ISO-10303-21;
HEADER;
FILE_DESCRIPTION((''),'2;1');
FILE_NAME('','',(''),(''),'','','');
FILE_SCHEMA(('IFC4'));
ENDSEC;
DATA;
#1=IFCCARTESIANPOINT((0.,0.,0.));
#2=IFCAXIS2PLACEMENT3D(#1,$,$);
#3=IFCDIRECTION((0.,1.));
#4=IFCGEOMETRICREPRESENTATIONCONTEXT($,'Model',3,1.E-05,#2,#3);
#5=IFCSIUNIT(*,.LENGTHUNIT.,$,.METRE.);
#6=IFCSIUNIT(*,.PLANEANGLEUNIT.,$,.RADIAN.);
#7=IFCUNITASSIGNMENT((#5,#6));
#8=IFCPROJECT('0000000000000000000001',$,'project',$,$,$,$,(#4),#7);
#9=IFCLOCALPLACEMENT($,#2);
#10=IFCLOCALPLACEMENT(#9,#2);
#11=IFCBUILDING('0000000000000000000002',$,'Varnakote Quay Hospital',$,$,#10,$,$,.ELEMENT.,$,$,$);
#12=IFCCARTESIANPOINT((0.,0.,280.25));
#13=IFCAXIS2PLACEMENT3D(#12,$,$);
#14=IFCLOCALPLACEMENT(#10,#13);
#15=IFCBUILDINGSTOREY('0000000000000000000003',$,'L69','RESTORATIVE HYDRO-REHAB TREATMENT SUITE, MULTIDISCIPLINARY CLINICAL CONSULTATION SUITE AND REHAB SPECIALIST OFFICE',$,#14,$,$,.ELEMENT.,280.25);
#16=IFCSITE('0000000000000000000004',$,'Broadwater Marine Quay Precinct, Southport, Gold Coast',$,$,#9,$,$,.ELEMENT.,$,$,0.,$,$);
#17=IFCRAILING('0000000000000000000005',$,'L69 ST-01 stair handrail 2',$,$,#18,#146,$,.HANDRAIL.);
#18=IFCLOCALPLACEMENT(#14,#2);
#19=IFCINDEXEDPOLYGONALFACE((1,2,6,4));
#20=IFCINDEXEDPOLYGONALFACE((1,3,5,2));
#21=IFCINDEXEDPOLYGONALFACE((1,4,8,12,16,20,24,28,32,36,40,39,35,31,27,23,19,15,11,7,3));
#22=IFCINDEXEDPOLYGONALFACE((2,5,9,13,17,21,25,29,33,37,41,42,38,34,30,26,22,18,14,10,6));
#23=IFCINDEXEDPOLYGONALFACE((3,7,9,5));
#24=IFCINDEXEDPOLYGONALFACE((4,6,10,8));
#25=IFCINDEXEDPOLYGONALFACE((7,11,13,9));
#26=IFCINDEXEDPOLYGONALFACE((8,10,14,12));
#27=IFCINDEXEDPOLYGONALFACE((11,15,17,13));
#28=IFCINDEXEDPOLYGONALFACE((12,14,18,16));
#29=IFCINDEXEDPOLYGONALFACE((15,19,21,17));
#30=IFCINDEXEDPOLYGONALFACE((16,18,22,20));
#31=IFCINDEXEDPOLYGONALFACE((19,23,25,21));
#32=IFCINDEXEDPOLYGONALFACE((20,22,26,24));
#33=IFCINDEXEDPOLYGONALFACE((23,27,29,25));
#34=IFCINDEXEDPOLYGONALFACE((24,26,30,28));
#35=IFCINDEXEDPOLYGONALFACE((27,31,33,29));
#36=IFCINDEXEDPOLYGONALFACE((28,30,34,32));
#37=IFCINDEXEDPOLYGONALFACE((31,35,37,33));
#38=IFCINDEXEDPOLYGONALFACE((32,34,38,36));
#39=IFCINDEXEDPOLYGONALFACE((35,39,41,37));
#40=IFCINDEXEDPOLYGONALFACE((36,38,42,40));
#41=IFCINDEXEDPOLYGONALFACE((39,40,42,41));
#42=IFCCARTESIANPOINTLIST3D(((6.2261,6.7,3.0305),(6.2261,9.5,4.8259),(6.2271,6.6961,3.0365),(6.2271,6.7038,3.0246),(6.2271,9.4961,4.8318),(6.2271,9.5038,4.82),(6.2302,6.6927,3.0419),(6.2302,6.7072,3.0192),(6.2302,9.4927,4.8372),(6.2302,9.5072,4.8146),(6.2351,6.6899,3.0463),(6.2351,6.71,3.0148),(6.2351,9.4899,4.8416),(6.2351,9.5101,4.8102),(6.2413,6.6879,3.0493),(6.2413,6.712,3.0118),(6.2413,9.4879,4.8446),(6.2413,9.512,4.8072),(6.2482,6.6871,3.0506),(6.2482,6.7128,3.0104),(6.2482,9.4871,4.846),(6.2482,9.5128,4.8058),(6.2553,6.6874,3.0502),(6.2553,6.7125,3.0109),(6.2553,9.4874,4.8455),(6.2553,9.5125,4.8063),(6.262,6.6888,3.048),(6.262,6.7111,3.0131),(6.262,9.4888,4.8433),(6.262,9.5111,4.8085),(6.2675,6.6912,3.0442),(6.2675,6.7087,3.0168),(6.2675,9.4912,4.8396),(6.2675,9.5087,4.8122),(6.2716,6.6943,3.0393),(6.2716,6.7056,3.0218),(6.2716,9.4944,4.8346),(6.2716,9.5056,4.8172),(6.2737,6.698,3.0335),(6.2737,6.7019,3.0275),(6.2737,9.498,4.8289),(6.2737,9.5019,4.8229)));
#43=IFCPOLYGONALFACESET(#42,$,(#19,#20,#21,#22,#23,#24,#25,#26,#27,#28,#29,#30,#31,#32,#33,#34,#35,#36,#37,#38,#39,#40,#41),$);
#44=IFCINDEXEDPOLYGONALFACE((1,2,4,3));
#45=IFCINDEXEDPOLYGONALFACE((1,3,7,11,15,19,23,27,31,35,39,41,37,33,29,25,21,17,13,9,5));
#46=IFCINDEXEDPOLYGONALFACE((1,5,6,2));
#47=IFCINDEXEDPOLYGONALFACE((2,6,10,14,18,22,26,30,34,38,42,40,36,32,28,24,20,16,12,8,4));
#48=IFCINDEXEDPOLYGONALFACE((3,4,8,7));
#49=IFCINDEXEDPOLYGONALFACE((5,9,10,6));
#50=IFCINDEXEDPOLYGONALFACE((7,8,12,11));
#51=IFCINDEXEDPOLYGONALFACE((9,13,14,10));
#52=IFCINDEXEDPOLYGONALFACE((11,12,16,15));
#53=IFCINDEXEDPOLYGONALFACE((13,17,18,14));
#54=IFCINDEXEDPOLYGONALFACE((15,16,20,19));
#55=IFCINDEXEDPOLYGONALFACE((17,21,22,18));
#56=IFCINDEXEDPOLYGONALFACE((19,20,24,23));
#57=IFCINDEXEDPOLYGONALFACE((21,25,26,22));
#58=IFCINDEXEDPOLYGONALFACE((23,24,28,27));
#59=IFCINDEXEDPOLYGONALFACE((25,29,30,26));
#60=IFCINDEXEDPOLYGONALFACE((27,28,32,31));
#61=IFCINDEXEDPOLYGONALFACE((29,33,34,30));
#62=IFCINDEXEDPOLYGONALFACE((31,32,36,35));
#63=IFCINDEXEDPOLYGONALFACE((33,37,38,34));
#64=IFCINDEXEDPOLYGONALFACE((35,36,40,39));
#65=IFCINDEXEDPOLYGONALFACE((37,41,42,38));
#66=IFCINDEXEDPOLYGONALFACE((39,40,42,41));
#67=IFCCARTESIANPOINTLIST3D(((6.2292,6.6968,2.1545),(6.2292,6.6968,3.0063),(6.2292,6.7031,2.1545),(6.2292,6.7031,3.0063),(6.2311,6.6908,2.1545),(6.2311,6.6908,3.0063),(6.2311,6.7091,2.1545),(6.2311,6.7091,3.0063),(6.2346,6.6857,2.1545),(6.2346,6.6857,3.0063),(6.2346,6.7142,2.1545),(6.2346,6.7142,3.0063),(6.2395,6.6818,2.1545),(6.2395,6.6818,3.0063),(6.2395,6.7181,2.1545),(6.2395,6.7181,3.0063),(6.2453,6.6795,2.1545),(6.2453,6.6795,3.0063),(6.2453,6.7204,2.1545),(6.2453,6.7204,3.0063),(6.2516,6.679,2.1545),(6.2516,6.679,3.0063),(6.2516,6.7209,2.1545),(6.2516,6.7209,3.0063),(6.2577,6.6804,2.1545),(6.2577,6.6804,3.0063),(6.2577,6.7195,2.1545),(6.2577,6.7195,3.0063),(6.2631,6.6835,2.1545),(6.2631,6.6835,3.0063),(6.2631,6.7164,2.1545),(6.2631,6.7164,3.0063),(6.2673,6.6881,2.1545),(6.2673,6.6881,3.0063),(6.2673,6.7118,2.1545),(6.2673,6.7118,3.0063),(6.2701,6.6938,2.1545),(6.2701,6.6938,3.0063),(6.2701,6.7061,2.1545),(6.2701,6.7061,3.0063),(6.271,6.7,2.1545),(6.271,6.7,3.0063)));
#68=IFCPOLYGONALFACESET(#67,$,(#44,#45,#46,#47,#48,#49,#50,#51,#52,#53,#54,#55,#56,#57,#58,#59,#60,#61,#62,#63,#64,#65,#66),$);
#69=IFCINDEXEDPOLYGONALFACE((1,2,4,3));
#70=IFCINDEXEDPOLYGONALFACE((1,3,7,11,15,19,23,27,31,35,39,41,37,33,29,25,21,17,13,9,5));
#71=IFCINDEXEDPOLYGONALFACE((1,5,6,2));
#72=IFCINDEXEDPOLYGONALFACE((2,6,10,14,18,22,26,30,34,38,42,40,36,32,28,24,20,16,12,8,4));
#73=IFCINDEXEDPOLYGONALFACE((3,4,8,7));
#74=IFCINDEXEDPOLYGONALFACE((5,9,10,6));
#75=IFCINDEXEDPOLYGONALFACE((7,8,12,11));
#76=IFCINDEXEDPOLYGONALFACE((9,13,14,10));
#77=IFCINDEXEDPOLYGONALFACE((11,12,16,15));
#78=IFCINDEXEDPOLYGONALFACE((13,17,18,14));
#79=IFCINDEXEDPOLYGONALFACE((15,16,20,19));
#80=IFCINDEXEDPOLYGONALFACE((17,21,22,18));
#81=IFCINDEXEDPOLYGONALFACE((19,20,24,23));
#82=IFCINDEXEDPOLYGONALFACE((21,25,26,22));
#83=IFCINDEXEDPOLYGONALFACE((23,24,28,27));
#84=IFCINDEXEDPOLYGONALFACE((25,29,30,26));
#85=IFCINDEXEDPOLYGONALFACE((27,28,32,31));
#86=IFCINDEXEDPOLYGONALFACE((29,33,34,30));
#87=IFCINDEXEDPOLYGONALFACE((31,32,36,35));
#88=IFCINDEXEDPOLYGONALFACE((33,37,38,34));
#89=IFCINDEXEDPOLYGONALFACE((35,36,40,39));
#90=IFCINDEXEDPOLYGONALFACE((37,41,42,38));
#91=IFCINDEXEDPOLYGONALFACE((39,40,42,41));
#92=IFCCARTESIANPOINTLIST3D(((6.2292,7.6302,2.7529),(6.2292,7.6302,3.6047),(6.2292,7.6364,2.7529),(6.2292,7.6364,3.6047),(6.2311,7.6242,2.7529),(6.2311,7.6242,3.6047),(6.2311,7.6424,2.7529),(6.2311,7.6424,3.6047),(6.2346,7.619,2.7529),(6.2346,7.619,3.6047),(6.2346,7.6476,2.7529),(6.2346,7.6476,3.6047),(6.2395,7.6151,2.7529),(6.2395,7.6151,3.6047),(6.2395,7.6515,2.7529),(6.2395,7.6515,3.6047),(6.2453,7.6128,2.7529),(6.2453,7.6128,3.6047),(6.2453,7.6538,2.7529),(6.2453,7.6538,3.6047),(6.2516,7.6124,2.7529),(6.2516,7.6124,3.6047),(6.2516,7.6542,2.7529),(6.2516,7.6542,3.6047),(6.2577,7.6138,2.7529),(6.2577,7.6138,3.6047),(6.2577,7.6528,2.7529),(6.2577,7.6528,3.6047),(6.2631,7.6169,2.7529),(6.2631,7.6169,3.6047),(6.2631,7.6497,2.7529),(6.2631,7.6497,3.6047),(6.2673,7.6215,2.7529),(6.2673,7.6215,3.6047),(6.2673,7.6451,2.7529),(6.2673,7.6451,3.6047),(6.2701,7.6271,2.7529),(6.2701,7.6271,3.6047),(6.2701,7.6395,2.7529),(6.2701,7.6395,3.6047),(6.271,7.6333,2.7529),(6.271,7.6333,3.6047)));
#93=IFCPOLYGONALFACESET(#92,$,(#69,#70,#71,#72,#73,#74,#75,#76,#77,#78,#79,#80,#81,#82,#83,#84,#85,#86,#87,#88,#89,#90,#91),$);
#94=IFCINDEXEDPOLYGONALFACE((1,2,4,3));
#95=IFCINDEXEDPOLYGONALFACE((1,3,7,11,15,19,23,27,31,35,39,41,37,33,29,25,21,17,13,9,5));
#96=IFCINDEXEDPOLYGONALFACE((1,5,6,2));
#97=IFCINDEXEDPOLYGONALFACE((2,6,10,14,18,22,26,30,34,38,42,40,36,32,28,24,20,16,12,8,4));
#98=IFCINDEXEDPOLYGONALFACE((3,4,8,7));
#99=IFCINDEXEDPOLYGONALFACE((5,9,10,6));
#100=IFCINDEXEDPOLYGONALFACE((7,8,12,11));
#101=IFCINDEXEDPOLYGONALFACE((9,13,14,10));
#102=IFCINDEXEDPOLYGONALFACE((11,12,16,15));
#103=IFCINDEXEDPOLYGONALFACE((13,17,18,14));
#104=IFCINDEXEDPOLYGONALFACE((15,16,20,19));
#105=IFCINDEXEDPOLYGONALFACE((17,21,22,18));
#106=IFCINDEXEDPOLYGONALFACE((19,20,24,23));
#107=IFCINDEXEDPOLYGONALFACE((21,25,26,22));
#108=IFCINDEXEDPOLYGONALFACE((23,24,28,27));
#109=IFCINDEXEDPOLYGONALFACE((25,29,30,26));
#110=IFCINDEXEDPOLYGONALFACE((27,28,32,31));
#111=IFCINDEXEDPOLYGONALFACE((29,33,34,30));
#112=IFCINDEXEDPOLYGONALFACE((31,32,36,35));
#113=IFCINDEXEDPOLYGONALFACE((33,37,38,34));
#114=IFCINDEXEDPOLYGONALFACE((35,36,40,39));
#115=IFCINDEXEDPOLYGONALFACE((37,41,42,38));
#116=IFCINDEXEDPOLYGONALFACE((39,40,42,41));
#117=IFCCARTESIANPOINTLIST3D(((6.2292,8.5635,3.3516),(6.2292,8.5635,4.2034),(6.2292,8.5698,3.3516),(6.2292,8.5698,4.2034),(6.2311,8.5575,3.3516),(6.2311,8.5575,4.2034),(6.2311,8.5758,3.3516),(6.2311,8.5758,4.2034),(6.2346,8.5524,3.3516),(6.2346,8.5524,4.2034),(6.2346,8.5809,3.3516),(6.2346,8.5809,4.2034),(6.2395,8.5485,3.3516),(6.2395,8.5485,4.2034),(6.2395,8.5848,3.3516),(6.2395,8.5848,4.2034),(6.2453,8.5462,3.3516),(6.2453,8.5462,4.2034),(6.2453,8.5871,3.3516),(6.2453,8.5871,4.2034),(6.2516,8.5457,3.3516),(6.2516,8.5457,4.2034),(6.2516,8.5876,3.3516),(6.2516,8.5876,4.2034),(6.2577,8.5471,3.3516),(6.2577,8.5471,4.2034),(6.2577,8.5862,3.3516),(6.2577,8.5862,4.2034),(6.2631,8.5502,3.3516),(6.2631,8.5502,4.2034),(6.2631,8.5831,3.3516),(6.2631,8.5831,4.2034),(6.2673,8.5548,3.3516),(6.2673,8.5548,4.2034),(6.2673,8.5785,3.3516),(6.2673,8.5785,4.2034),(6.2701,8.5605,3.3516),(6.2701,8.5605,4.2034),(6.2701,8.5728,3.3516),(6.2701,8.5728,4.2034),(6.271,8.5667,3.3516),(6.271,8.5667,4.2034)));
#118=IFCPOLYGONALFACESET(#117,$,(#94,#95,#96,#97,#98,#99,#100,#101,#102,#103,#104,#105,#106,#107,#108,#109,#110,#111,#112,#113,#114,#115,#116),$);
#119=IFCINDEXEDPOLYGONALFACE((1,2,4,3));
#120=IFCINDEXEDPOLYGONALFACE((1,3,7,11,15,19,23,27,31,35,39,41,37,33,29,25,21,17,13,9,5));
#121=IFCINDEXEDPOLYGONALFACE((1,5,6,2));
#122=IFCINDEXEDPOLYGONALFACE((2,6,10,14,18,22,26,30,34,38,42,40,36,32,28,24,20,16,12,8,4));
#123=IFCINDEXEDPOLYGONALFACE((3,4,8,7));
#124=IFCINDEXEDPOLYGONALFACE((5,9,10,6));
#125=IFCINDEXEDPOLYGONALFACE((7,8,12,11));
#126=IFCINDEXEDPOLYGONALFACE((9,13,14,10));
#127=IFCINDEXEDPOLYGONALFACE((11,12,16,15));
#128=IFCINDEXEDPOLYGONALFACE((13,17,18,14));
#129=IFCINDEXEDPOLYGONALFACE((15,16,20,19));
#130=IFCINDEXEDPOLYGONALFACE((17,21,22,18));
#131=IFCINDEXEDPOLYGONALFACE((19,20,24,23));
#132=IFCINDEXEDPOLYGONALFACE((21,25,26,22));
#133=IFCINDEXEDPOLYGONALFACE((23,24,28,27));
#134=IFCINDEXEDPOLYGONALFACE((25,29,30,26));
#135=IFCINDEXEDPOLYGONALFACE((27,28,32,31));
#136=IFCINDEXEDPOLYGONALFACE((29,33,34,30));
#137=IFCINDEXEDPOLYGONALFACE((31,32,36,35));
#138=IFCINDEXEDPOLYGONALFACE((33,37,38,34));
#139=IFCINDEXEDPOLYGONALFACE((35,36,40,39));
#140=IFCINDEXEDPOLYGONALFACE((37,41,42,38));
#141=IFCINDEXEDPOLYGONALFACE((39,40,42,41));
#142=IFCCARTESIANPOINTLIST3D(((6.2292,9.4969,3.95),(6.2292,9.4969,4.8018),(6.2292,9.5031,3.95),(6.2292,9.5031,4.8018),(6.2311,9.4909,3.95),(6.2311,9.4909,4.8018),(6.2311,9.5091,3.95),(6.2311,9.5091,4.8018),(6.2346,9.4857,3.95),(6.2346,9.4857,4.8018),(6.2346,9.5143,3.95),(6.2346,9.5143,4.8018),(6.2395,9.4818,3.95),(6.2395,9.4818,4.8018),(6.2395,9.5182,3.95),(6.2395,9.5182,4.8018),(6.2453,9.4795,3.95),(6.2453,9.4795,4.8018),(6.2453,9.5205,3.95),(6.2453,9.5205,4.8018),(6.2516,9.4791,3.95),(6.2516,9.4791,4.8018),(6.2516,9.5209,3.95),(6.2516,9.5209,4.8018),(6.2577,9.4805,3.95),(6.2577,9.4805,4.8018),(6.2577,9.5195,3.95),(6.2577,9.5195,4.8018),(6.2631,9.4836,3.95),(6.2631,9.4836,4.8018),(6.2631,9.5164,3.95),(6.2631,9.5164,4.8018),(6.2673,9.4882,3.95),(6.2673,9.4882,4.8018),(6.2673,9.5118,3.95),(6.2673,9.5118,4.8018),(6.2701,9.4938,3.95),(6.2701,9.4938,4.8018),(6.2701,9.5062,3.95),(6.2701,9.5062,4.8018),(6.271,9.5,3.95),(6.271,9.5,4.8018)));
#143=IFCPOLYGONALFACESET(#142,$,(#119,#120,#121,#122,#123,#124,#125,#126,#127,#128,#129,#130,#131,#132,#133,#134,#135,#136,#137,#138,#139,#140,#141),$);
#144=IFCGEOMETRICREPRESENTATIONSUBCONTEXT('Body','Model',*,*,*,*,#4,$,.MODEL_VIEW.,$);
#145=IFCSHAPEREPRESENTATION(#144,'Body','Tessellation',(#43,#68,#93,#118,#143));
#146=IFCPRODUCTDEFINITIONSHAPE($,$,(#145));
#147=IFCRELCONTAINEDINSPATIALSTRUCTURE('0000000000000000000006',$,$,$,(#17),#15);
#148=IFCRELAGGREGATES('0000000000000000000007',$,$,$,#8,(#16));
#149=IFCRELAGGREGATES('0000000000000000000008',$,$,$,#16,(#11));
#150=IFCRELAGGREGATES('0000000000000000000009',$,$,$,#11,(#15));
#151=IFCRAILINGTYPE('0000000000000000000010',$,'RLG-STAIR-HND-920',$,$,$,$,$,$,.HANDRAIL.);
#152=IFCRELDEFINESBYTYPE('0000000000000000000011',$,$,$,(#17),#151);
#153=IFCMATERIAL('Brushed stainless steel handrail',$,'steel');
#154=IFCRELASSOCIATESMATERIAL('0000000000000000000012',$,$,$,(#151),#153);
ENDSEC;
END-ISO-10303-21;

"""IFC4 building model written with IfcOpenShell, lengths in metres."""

from ifc_helpers import new_model, si_unit, direction, frame, origin, origin_2d, place, context, subcontext, project, spatial, circle, extrude, material, type_object, element, save


model = new_model("IFC4")

# Units and contexts
model_context = context("Model", 3, precision=1e-05, world=origin(), true_north=direction((0.0, 1.0)))
body_context = subcontext(model_context, "Body", "Model", "MODEL_VIEW")
ifc_project = project(units=[si_unit("LENGTHUNIT", "METRE"), si_unit("PLANEANGLEUNIT", "RADIAN")], contexts=[model_context])

# Site, building, storey
site_placement = place(None, origin())
site = spatial("IfcSite", under=ifc_project, at=site_placement, Name="Broadwater Marine Quay Precinct, Southport, Gold Coast", CompositionType="ELEMENT", RefElevation=0.0)
building_placement = place(site_placement, origin())
building = spatial("IfcBuilding", under=site, at=building_placement, Name="Varnakote Quay Hospital", CompositionType="ELEMENT")
storey_placement = place(building_placement, frame((0.0, 0.0, 280.25)))
storey = spatial("IfcBuildingStorey", under=building, at=storey_placement, Name="L69", Description="RESTORATIVE HYDRO-REHAB TREATMENT SUITE, MULTIDISCIPLINARY CLINICAL CONSULTATION SUITE AND REHAB SPECIALIST OFFICE", CompositionType="ELEMENT", Elevation=280.25)

# Railing
ifc_material_1 = material(Name="Brushed stainless steel handrail", Category="steel")
railing_type_1 = type_object("IfcRailingType", Name="RLG-STAIR-HND-920", PredefinedType="HANDRAIL", material=ifc_material_1)
railing_1_placement = place(storey_placement, frame((6.25, 6.7, 2.1545)))
element("IfcRailing", 1, at=railing_1_placement, inside=storey, type_object=railing_type_1, Name="L69 ST-01 stair handrail 2", PredefinedType="HANDRAIL", context=body_context, shape_type="SweptSolid", body=[
    extrude(circle(Radius=0.0239, at=origin_2d()), frame((0.0, 0.0, 0.876), z_axis=(0.0, 0.84181, 0.539774), x_axis=(-1.0, 0.0, 0.0)), (0.0, 0.0, 1.0), 3.3262),
    extrude(circle(Radius=0.021, at=origin_2d()), origin(), (0.0, 0.0, 1.0), 0.8518),
    extrude(circle(Radius=0.021, at=origin_2d()), frame((0.0, 0.9333, 0.5984)), (0.0, 0.0, 1.0), 0.8518),
    extrude(circle(Radius=0.021, at=origin_2d()), frame((0.0, 1.8667, 1.197)), (0.0, 0.0, 1.0), 0.8518),
    extrude(circle(Radius=0.021, at=origin_2d()), frame((0.0, 2.8, 1.7954)), (0.0, 0.0, 1.0), 0.8518),
])

save(model, "model.ifc")
